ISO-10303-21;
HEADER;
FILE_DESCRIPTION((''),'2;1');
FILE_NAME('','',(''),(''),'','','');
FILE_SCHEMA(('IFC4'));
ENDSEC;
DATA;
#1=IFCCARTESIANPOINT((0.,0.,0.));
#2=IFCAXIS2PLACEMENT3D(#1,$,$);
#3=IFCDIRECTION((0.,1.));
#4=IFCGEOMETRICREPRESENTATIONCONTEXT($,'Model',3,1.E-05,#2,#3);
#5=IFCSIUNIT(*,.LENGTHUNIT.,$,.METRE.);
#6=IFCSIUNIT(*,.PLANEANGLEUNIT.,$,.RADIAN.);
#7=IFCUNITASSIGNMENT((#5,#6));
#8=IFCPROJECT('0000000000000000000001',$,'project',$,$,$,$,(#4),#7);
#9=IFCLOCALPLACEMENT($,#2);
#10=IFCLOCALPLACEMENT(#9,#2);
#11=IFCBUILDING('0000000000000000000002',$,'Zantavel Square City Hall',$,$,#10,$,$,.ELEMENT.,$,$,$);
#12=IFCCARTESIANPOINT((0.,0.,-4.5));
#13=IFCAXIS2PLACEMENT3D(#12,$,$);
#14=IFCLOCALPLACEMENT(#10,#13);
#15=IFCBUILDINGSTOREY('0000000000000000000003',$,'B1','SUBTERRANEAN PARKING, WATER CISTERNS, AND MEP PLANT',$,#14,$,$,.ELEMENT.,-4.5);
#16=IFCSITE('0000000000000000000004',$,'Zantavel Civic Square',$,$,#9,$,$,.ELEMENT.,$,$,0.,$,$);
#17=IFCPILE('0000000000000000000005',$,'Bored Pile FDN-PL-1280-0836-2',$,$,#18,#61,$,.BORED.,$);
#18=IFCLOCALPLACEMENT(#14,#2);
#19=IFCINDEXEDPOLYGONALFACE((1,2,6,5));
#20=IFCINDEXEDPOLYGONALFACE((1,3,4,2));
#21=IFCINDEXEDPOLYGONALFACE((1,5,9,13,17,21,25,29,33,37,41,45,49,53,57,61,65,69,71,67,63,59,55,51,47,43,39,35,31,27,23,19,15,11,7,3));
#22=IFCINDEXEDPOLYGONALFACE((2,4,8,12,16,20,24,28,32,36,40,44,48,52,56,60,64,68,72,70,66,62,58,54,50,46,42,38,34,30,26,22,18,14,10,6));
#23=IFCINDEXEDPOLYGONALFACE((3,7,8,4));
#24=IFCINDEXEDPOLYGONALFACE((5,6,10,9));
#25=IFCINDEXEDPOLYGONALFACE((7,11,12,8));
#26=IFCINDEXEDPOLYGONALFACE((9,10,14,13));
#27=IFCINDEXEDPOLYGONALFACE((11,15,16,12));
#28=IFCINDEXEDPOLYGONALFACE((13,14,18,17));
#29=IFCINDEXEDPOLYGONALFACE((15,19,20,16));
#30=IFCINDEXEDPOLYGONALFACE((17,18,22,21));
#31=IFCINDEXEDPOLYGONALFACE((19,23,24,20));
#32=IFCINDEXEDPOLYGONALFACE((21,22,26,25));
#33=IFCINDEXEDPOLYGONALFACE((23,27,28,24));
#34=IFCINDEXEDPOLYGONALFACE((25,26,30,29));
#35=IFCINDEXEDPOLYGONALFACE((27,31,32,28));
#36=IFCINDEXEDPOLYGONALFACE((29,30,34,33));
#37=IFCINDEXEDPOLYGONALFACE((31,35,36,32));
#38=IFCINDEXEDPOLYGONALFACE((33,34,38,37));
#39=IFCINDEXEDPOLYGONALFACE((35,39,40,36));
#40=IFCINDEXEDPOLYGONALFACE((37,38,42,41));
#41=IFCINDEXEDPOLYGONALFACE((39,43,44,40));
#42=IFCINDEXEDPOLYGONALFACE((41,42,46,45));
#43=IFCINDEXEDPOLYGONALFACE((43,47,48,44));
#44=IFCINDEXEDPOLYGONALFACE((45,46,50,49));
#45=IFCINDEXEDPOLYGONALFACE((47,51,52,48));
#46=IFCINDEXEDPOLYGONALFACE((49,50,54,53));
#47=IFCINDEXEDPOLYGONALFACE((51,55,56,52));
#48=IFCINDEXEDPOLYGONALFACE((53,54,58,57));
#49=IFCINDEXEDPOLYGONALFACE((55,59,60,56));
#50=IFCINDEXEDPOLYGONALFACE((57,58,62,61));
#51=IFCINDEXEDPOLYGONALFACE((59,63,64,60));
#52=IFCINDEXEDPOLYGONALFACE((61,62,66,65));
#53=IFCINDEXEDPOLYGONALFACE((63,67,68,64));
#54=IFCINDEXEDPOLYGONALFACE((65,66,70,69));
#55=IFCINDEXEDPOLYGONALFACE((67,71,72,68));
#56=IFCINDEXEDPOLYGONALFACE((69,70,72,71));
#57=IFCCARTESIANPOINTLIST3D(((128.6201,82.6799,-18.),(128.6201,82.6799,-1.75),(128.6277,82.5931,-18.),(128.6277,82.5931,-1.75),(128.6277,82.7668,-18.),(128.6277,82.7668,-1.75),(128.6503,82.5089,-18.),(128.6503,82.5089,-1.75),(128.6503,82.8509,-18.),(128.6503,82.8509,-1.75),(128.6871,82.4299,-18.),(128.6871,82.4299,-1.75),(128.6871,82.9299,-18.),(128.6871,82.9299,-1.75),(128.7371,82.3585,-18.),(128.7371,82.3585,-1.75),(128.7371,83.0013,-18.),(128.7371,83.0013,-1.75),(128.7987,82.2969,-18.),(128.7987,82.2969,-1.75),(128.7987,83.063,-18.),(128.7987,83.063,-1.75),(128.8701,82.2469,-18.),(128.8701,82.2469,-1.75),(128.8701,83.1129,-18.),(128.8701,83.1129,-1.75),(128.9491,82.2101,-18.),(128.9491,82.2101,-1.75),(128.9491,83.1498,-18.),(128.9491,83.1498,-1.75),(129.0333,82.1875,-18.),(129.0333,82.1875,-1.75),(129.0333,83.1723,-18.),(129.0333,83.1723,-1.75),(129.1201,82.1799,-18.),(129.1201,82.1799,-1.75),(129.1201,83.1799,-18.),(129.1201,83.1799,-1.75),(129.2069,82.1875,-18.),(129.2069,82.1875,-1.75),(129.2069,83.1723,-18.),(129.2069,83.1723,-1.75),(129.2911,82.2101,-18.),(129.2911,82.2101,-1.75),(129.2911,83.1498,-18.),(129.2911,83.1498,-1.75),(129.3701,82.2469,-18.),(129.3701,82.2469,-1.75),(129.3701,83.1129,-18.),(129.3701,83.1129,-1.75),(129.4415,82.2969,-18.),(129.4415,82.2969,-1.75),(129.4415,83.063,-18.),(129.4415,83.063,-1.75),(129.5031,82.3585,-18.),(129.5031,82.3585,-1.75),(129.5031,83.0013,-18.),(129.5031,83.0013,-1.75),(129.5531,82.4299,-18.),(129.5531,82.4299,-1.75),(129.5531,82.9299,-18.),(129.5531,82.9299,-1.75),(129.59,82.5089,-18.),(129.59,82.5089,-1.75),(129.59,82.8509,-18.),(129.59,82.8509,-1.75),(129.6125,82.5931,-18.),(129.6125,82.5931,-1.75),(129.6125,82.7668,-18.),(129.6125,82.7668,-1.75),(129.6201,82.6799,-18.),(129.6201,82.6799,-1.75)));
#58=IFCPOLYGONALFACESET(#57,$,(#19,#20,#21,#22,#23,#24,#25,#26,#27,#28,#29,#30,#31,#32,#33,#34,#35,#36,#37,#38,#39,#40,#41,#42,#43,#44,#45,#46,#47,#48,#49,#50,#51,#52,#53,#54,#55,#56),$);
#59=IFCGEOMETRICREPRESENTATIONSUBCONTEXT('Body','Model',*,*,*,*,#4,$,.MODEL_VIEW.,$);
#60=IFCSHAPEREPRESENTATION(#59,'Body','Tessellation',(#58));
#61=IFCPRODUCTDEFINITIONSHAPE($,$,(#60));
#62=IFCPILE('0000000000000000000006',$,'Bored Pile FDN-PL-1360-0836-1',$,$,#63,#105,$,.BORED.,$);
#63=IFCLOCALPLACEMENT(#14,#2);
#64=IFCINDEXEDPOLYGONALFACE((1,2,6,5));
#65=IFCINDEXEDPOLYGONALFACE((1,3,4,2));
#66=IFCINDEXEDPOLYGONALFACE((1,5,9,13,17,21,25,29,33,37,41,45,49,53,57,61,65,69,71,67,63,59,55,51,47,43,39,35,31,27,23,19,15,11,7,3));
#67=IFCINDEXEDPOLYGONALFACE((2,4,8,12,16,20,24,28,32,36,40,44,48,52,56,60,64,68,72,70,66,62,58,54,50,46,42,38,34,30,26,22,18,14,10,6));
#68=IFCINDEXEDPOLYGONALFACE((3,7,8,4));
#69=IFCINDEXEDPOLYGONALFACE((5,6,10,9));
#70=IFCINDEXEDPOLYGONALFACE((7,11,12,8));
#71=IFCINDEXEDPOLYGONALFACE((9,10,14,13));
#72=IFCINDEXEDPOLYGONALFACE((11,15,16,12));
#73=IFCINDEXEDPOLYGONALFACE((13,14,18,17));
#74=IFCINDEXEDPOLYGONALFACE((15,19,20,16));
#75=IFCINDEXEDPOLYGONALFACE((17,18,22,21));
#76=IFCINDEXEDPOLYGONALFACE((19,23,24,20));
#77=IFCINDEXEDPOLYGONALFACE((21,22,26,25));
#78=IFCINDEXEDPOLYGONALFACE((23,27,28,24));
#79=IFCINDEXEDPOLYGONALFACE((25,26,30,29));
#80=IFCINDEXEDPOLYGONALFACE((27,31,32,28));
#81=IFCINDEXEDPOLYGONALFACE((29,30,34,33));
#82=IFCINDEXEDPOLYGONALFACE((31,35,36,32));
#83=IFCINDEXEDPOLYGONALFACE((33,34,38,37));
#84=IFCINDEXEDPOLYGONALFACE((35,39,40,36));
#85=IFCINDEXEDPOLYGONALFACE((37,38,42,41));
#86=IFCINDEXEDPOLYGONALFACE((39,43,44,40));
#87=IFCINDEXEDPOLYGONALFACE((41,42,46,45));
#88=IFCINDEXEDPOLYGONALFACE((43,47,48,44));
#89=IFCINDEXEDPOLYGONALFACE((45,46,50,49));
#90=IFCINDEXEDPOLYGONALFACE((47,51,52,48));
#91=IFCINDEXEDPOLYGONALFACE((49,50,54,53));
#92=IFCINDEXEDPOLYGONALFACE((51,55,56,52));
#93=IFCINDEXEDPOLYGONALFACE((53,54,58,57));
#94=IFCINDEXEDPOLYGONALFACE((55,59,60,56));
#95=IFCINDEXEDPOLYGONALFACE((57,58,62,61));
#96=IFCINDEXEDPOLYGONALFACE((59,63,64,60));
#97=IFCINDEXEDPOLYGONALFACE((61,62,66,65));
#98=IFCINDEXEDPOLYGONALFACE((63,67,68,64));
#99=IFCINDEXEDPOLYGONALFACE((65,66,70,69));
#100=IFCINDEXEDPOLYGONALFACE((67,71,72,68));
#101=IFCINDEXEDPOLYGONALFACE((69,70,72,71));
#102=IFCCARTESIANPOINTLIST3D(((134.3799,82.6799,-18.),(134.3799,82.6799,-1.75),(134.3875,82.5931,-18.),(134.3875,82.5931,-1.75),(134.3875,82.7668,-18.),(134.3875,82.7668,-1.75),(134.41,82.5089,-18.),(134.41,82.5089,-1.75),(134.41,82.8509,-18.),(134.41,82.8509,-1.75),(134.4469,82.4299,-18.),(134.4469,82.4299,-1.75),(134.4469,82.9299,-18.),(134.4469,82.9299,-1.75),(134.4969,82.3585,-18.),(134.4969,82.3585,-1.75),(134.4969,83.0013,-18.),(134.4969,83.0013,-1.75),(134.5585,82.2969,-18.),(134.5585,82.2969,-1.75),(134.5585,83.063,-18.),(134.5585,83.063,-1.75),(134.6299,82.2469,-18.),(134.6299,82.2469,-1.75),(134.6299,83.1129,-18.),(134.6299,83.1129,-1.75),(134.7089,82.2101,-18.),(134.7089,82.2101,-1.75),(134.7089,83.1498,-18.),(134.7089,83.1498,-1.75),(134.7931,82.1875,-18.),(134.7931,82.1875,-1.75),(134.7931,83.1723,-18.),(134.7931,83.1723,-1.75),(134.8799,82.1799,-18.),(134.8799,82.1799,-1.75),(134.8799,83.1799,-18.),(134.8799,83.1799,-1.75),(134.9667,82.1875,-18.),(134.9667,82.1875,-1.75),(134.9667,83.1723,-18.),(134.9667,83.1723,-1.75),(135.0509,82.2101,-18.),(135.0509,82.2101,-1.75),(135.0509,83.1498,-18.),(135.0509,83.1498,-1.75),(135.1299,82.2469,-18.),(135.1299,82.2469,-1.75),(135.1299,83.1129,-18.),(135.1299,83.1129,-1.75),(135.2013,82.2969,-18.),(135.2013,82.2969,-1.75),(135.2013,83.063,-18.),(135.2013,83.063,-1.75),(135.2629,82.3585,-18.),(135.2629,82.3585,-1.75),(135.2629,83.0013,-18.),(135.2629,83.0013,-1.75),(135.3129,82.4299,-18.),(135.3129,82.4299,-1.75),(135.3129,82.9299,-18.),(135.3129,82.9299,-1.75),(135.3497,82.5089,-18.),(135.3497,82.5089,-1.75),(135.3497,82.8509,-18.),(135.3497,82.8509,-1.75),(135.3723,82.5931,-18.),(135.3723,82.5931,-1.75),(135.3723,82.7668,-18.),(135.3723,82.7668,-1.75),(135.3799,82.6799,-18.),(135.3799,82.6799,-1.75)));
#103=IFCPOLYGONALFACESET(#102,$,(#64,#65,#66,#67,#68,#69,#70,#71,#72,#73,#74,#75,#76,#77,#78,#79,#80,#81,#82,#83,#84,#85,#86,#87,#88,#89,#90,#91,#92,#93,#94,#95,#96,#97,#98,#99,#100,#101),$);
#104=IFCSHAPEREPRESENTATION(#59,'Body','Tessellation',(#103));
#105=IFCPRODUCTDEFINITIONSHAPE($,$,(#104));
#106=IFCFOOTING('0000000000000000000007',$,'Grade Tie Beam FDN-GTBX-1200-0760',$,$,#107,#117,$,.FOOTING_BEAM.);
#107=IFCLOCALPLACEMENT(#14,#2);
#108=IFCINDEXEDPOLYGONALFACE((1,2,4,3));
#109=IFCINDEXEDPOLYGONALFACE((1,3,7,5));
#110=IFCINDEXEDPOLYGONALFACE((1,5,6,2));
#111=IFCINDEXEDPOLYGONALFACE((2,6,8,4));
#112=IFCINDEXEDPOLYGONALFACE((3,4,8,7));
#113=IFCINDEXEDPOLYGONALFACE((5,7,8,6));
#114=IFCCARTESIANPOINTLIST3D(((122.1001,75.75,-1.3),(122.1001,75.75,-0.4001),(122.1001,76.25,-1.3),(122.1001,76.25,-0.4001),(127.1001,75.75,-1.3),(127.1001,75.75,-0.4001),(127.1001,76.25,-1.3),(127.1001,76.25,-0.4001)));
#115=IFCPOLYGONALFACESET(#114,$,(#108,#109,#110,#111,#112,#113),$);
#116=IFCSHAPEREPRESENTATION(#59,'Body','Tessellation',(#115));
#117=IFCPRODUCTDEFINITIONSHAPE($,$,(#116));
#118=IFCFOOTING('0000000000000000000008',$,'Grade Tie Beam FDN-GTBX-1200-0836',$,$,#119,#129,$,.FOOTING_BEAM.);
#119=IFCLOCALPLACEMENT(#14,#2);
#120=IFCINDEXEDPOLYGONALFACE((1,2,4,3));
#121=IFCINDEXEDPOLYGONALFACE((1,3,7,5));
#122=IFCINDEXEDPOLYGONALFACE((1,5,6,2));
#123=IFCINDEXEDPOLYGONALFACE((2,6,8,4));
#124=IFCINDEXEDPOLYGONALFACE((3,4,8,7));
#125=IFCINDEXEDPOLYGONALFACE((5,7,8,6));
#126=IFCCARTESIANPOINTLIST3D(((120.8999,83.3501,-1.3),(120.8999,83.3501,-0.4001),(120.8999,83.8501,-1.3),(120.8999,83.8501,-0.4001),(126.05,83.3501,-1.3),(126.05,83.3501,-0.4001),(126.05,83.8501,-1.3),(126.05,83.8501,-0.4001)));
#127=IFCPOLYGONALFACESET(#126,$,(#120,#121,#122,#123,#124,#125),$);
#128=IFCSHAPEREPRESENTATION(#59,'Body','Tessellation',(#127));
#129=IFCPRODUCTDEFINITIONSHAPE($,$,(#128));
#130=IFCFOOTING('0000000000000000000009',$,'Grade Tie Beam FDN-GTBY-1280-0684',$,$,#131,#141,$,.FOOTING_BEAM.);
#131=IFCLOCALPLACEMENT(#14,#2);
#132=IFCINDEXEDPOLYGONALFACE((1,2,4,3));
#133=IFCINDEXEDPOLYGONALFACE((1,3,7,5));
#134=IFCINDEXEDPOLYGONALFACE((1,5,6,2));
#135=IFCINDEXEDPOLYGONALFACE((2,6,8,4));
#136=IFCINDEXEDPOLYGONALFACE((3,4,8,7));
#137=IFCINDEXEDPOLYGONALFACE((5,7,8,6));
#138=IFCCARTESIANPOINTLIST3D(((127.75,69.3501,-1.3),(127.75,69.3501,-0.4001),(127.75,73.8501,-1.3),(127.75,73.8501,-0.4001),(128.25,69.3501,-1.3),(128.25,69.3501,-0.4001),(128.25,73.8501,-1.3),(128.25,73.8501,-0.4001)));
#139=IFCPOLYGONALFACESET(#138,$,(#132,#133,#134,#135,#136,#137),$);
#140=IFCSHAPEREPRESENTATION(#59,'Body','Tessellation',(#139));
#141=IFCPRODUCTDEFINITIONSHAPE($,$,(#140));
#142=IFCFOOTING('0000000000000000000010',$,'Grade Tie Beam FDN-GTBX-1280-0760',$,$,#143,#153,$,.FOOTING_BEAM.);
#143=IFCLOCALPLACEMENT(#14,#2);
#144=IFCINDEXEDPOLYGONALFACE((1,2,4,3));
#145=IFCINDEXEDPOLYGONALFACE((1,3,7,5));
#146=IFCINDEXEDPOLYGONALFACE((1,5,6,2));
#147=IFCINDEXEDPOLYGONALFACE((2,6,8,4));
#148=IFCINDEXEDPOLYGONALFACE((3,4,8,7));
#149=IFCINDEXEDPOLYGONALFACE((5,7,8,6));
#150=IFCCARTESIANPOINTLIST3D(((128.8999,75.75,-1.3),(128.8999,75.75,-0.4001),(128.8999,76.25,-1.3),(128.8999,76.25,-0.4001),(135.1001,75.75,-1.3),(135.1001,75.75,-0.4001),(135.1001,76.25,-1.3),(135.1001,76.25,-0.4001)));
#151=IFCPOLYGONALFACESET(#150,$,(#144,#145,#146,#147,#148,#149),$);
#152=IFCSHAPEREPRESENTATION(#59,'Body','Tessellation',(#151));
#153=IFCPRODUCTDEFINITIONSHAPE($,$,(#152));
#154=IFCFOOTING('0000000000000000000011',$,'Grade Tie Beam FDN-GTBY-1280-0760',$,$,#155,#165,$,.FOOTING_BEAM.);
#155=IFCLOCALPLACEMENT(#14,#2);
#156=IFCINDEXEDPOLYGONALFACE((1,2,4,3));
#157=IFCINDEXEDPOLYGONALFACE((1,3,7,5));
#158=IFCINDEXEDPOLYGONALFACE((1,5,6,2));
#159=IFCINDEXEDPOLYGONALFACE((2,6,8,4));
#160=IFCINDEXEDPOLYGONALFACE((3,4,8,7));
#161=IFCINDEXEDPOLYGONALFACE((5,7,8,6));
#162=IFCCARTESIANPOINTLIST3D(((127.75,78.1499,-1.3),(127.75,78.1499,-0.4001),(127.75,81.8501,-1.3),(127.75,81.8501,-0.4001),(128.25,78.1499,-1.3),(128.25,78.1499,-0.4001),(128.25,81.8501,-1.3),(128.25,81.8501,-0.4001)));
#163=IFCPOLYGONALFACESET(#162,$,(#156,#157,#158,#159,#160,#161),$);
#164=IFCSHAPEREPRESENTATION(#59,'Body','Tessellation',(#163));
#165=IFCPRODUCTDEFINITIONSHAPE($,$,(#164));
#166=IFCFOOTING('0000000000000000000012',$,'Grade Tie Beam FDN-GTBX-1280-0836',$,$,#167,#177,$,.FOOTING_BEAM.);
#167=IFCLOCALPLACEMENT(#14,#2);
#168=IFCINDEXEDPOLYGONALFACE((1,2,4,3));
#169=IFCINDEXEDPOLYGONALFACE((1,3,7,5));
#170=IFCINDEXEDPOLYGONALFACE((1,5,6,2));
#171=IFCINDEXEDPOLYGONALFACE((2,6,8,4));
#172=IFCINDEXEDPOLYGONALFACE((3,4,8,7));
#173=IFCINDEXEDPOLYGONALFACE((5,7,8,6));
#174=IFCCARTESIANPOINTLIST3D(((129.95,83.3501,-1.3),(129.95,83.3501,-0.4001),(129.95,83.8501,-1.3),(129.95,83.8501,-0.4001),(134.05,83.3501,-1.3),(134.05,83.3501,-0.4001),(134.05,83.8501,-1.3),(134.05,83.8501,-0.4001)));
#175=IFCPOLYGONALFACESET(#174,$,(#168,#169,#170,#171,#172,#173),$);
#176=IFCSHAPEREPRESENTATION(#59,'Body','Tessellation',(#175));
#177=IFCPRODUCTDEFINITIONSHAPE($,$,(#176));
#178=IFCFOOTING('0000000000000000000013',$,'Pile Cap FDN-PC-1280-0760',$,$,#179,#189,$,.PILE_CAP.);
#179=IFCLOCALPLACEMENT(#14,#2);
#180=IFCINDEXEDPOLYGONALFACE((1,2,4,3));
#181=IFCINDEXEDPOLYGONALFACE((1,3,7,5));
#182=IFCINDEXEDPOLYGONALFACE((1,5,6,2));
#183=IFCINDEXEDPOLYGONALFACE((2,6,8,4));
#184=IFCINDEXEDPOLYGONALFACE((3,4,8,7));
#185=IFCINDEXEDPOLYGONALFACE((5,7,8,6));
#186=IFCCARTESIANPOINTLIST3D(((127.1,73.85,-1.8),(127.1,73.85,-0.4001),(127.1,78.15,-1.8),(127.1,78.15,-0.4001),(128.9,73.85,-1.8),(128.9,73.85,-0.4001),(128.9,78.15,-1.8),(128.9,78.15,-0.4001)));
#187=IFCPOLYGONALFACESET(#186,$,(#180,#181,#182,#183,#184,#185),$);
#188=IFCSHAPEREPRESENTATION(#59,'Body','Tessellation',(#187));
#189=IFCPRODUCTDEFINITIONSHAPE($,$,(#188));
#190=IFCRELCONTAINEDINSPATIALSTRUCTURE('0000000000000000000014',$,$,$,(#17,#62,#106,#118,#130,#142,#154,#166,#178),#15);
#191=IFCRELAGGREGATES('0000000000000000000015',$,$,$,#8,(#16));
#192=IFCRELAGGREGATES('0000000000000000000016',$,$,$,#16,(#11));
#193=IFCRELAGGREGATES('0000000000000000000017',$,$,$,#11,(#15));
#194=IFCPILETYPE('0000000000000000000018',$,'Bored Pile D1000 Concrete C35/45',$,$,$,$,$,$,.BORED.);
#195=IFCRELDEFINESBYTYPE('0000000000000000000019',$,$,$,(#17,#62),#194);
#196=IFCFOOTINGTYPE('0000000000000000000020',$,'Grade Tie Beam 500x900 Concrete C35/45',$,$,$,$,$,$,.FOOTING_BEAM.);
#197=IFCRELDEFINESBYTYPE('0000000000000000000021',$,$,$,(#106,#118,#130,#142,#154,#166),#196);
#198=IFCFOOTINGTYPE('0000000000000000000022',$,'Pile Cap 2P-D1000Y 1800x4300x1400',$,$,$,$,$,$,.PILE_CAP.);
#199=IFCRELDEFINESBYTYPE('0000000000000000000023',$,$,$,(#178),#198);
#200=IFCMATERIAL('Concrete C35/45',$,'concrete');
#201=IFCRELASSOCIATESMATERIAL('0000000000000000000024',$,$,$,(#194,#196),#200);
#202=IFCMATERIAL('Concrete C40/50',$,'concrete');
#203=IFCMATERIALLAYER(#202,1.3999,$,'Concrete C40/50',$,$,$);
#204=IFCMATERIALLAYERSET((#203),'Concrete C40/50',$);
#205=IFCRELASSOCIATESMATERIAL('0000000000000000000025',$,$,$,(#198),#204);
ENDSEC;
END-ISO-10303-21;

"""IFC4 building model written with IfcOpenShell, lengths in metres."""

from ifc_helpers import new_model, si_unit, direction, frame, origin, origin_2d, place, context, subcontext, project, spatial, rectangle, circle, extrude, material, layer, layer_set, material_profile, profile_set, type_object, element, save


model = new_model("IFC4")

# Units and contexts
model_context = context("Model", 3, precision=1e-05, world=origin(), true_north=direction((0.0, 1.0)))
body_context = subcontext(model_context, "Body", "Model", "MODEL_VIEW")
ifc_project = project(units=[si_unit("LENGTHUNIT", "METRE"), si_unit("PLANEANGLEUNIT", "RADIAN")], contexts=[model_context])

# Site, building, storey
site_placement = place(None, origin())
site = spatial("IfcSite", under=ifc_project, at=site_placement, Name="Zantavel Civic Square", CompositionType="ELEMENT", RefElevation=0.0)
building_placement = place(site_placement, origin())
building = spatial("IfcBuilding", under=site, at=building_placement, Name="Zantavel Square City Hall", CompositionType="ELEMENT")
storey_placement = place(building_placement, frame((0.0, 0.0, -4.5)))
storey = spatial("IfcBuildingStorey", under=building, at=storey_placement, Name="B1", Description="SUBTERRANEAN PARKING, WATER CISTERNS, AND MEP PLANT", CompositionType="ELEMENT", Elevation=-4.5)

# Piles
ifc_material_1 = material(Name="Concrete C35/45", Category="concrete")
ifc_material_profile_1 = material_profile(ifc_material_1, circle(Radius=0.5, at=origin_2d()), Name="PILE D1000")
ifc_profile_set_1 = profile_set([ifc_material_profile_1], Name="Concrete C35/45")
pile_type = type_object("IfcPileType", Name="Bored Pile D1000 Concrete C35/45", PredefinedType="BORED", material=ifc_profile_set_1)
for number, where, z_axis, x_axis, name in (
    (1, (129.1201, 82.6799, -1.75), (0.0, 0.0, -1.0), (1.0, 0.0, 0.0), "Bored Pile FDN-PL-1280-0836-2"),
    (2, (134.8799, 82.6799, -1.75), (0.0, 0.0, -1.0), (1.0, 0.0, 0.0), "Bored Pile FDN-PL-1360-0836-1"),
):
    element("IfcPile", number, at=place(storey_placement, frame(where, z_axis=z_axis, x_axis=x_axis)), inside=storey, type_object=pile_type, Name=name, PredefinedType="BORED", context=body_context, shape_type="SweptSolid", body=[
        extrude(circle(Radius=0.5, at=origin_2d()), origin(), (0.0, 0.0, 1.0), 16.25),
    ])

# Footings
ifc_material_profile_2 = material_profile(ifc_material_1, rectangle(XDim=0.5, YDim=0.8999, at=origin_2d()), Name="RC 500x900")
ifc_profile_set_2 = profile_set([ifc_material_profile_2], Name="Concrete C35/45")
footing_type_1 = type_object("IfcFootingType", Name="Grade Tie Beam 500x900 Concrete C35/45", PredefinedType="FOOTING_BEAM", material=ifc_profile_set_2)
footing_1_placement = place(storey_placement, frame((122.1001, 76.0, -0.8501), z_axis=(1.0, 0.0, 0.0), x_axis=(0.0, 1.0, 0.0)))
element("IfcFooting", 3, at=footing_1_placement, inside=storey, type_object=footing_type_1, Name="Grade Tie Beam FDN-GTBX-1200-0760", PredefinedType="FOOTING_BEAM", context=body_context, shape_type="SweptSolid", body=[
    extrude(rectangle(XDim=0.5, YDim=0.8999, at=origin_2d()), origin(), (0.0, 0.0, 1.0), 5.0),
])
footing_2_placement = place(storey_placement, frame((120.8999, 83.6001, -0.8501), z_axis=(1.0, 0.0, 0.0), x_axis=(0.0, 1.0, 0.0)))
element("IfcFooting", 4, at=footing_2_placement, inside=storey, type_object=footing_type_1, Name="Grade Tie Beam FDN-GTBX-1200-0836", PredefinedType="FOOTING_BEAM", context=body_context, shape_type="SweptSolid", body=[
    extrude(rectangle(XDim=0.5, YDim=0.8999, at=origin_2d()), origin(), (0.0, 0.0, 1.0), 5.1501),
])
footing_3_placement = place(storey_placement, frame((128.0, 69.3501, -0.8501), z_axis=(0.0, 1.0, 0.0), x_axis=(-1.0, 0.0, 0.0)))
element("IfcFooting", 5, at=footing_3_placement, inside=storey, type_object=footing_type_1, Name="Grade Tie Beam FDN-GTBY-1280-0684", PredefinedType="FOOTING_BEAM", context=body_context, shape_type="SweptSolid", body=[
    extrude(rectangle(XDim=0.5, YDim=0.8999, at=origin_2d()), origin(), (0.0, 0.0, 1.0), 4.5),
])
footing_4_placement = place(storey_placement, frame((128.8999, 76.0, -0.8501), z_axis=(1.0, 0.0, 0.0), x_axis=(0.0, 1.0, 0.0)))
element("IfcFooting", 6, at=footing_4_placement, inside=storey, type_object=footing_type_1, Name="Grade Tie Beam FDN-GTBX-1280-0760", PredefinedType="FOOTING_BEAM", context=body_context, shape_type="SweptSolid", body=[
    extrude(rectangle(XDim=0.5, YDim=0.8999, at=origin_2d()), origin(), (0.0, 0.0, 1.0), 6.2002),
])
footing_5_placement = place(storey_placement, frame((128.0, 78.1499, -0.8501), z_axis=(0.0, 1.0, 0.0), x_axis=(-1.0, 0.0, 0.0)))
element("IfcFooting", 7, at=footing_5_placement, inside=storey, type_object=footing_type_1, Name="Grade Tie Beam FDN-GTBY-1280-0760", PredefinedType="FOOTING_BEAM", context=body_context, shape_type="SweptSolid", body=[
    extrude(rectangle(XDim=0.5, YDim=0.8999, at=origin_2d()), origin(), (0.0, 0.0, 1.0), 3.7002),
])
footing_6_placement = place(storey_placement, frame((129.95, 83.6001, -0.8501), z_axis=(1.0, 0.0, 0.0), x_axis=(0.0, 1.0, 0.0)))
element("IfcFooting", 8, at=footing_6_placement, inside=storey, type_object=footing_type_1, Name="Grade Tie Beam FDN-GTBX-1280-0836", PredefinedType="FOOTING_BEAM", context=body_context, shape_type="SweptSolid", body=[
    extrude(rectangle(XDim=0.5, YDim=0.8999, at=origin_2d()), origin(), (0.0, 0.0, 1.0), 4.1001),
])
ifc_material_2 = material(Name="Concrete C40/50", Category="concrete")
ifc_layer_1 = layer(ifc_material_2, 1.3999, Name="Concrete C40/50")
ifc_layer_set_1 = layer_set([ifc_layer_1], Name="Concrete C40/50")
footing_type_2 = type_object("IfcFootingType", Name="Pile Cap 2P-D1000Y 1800x4300x1400", PredefinedType="PILE_CAP", material=ifc_layer_set_1)
footing_7_placement = place(storey_placement, frame((128.0, 76.0, -1.8), z_axis=(0.0, 0.0, 1.0), x_axis=(1.0, 0.0, 0.0)))
element("IfcFooting", 9, at=footing_7_placement, inside=storey, type_object=footing_type_2, Name="Pile Cap FDN-PC-1280-0760", PredefinedType="PILE_CAP", context=body_context, shape_type="SweptSolid", body=[
    extrude(rectangle(XDim=1.8, YDim=4.3, at=origin_2d()), origin(), (0.0, 0.0, 1.0), 1.3999),
])

save(model, "model.ifc")
